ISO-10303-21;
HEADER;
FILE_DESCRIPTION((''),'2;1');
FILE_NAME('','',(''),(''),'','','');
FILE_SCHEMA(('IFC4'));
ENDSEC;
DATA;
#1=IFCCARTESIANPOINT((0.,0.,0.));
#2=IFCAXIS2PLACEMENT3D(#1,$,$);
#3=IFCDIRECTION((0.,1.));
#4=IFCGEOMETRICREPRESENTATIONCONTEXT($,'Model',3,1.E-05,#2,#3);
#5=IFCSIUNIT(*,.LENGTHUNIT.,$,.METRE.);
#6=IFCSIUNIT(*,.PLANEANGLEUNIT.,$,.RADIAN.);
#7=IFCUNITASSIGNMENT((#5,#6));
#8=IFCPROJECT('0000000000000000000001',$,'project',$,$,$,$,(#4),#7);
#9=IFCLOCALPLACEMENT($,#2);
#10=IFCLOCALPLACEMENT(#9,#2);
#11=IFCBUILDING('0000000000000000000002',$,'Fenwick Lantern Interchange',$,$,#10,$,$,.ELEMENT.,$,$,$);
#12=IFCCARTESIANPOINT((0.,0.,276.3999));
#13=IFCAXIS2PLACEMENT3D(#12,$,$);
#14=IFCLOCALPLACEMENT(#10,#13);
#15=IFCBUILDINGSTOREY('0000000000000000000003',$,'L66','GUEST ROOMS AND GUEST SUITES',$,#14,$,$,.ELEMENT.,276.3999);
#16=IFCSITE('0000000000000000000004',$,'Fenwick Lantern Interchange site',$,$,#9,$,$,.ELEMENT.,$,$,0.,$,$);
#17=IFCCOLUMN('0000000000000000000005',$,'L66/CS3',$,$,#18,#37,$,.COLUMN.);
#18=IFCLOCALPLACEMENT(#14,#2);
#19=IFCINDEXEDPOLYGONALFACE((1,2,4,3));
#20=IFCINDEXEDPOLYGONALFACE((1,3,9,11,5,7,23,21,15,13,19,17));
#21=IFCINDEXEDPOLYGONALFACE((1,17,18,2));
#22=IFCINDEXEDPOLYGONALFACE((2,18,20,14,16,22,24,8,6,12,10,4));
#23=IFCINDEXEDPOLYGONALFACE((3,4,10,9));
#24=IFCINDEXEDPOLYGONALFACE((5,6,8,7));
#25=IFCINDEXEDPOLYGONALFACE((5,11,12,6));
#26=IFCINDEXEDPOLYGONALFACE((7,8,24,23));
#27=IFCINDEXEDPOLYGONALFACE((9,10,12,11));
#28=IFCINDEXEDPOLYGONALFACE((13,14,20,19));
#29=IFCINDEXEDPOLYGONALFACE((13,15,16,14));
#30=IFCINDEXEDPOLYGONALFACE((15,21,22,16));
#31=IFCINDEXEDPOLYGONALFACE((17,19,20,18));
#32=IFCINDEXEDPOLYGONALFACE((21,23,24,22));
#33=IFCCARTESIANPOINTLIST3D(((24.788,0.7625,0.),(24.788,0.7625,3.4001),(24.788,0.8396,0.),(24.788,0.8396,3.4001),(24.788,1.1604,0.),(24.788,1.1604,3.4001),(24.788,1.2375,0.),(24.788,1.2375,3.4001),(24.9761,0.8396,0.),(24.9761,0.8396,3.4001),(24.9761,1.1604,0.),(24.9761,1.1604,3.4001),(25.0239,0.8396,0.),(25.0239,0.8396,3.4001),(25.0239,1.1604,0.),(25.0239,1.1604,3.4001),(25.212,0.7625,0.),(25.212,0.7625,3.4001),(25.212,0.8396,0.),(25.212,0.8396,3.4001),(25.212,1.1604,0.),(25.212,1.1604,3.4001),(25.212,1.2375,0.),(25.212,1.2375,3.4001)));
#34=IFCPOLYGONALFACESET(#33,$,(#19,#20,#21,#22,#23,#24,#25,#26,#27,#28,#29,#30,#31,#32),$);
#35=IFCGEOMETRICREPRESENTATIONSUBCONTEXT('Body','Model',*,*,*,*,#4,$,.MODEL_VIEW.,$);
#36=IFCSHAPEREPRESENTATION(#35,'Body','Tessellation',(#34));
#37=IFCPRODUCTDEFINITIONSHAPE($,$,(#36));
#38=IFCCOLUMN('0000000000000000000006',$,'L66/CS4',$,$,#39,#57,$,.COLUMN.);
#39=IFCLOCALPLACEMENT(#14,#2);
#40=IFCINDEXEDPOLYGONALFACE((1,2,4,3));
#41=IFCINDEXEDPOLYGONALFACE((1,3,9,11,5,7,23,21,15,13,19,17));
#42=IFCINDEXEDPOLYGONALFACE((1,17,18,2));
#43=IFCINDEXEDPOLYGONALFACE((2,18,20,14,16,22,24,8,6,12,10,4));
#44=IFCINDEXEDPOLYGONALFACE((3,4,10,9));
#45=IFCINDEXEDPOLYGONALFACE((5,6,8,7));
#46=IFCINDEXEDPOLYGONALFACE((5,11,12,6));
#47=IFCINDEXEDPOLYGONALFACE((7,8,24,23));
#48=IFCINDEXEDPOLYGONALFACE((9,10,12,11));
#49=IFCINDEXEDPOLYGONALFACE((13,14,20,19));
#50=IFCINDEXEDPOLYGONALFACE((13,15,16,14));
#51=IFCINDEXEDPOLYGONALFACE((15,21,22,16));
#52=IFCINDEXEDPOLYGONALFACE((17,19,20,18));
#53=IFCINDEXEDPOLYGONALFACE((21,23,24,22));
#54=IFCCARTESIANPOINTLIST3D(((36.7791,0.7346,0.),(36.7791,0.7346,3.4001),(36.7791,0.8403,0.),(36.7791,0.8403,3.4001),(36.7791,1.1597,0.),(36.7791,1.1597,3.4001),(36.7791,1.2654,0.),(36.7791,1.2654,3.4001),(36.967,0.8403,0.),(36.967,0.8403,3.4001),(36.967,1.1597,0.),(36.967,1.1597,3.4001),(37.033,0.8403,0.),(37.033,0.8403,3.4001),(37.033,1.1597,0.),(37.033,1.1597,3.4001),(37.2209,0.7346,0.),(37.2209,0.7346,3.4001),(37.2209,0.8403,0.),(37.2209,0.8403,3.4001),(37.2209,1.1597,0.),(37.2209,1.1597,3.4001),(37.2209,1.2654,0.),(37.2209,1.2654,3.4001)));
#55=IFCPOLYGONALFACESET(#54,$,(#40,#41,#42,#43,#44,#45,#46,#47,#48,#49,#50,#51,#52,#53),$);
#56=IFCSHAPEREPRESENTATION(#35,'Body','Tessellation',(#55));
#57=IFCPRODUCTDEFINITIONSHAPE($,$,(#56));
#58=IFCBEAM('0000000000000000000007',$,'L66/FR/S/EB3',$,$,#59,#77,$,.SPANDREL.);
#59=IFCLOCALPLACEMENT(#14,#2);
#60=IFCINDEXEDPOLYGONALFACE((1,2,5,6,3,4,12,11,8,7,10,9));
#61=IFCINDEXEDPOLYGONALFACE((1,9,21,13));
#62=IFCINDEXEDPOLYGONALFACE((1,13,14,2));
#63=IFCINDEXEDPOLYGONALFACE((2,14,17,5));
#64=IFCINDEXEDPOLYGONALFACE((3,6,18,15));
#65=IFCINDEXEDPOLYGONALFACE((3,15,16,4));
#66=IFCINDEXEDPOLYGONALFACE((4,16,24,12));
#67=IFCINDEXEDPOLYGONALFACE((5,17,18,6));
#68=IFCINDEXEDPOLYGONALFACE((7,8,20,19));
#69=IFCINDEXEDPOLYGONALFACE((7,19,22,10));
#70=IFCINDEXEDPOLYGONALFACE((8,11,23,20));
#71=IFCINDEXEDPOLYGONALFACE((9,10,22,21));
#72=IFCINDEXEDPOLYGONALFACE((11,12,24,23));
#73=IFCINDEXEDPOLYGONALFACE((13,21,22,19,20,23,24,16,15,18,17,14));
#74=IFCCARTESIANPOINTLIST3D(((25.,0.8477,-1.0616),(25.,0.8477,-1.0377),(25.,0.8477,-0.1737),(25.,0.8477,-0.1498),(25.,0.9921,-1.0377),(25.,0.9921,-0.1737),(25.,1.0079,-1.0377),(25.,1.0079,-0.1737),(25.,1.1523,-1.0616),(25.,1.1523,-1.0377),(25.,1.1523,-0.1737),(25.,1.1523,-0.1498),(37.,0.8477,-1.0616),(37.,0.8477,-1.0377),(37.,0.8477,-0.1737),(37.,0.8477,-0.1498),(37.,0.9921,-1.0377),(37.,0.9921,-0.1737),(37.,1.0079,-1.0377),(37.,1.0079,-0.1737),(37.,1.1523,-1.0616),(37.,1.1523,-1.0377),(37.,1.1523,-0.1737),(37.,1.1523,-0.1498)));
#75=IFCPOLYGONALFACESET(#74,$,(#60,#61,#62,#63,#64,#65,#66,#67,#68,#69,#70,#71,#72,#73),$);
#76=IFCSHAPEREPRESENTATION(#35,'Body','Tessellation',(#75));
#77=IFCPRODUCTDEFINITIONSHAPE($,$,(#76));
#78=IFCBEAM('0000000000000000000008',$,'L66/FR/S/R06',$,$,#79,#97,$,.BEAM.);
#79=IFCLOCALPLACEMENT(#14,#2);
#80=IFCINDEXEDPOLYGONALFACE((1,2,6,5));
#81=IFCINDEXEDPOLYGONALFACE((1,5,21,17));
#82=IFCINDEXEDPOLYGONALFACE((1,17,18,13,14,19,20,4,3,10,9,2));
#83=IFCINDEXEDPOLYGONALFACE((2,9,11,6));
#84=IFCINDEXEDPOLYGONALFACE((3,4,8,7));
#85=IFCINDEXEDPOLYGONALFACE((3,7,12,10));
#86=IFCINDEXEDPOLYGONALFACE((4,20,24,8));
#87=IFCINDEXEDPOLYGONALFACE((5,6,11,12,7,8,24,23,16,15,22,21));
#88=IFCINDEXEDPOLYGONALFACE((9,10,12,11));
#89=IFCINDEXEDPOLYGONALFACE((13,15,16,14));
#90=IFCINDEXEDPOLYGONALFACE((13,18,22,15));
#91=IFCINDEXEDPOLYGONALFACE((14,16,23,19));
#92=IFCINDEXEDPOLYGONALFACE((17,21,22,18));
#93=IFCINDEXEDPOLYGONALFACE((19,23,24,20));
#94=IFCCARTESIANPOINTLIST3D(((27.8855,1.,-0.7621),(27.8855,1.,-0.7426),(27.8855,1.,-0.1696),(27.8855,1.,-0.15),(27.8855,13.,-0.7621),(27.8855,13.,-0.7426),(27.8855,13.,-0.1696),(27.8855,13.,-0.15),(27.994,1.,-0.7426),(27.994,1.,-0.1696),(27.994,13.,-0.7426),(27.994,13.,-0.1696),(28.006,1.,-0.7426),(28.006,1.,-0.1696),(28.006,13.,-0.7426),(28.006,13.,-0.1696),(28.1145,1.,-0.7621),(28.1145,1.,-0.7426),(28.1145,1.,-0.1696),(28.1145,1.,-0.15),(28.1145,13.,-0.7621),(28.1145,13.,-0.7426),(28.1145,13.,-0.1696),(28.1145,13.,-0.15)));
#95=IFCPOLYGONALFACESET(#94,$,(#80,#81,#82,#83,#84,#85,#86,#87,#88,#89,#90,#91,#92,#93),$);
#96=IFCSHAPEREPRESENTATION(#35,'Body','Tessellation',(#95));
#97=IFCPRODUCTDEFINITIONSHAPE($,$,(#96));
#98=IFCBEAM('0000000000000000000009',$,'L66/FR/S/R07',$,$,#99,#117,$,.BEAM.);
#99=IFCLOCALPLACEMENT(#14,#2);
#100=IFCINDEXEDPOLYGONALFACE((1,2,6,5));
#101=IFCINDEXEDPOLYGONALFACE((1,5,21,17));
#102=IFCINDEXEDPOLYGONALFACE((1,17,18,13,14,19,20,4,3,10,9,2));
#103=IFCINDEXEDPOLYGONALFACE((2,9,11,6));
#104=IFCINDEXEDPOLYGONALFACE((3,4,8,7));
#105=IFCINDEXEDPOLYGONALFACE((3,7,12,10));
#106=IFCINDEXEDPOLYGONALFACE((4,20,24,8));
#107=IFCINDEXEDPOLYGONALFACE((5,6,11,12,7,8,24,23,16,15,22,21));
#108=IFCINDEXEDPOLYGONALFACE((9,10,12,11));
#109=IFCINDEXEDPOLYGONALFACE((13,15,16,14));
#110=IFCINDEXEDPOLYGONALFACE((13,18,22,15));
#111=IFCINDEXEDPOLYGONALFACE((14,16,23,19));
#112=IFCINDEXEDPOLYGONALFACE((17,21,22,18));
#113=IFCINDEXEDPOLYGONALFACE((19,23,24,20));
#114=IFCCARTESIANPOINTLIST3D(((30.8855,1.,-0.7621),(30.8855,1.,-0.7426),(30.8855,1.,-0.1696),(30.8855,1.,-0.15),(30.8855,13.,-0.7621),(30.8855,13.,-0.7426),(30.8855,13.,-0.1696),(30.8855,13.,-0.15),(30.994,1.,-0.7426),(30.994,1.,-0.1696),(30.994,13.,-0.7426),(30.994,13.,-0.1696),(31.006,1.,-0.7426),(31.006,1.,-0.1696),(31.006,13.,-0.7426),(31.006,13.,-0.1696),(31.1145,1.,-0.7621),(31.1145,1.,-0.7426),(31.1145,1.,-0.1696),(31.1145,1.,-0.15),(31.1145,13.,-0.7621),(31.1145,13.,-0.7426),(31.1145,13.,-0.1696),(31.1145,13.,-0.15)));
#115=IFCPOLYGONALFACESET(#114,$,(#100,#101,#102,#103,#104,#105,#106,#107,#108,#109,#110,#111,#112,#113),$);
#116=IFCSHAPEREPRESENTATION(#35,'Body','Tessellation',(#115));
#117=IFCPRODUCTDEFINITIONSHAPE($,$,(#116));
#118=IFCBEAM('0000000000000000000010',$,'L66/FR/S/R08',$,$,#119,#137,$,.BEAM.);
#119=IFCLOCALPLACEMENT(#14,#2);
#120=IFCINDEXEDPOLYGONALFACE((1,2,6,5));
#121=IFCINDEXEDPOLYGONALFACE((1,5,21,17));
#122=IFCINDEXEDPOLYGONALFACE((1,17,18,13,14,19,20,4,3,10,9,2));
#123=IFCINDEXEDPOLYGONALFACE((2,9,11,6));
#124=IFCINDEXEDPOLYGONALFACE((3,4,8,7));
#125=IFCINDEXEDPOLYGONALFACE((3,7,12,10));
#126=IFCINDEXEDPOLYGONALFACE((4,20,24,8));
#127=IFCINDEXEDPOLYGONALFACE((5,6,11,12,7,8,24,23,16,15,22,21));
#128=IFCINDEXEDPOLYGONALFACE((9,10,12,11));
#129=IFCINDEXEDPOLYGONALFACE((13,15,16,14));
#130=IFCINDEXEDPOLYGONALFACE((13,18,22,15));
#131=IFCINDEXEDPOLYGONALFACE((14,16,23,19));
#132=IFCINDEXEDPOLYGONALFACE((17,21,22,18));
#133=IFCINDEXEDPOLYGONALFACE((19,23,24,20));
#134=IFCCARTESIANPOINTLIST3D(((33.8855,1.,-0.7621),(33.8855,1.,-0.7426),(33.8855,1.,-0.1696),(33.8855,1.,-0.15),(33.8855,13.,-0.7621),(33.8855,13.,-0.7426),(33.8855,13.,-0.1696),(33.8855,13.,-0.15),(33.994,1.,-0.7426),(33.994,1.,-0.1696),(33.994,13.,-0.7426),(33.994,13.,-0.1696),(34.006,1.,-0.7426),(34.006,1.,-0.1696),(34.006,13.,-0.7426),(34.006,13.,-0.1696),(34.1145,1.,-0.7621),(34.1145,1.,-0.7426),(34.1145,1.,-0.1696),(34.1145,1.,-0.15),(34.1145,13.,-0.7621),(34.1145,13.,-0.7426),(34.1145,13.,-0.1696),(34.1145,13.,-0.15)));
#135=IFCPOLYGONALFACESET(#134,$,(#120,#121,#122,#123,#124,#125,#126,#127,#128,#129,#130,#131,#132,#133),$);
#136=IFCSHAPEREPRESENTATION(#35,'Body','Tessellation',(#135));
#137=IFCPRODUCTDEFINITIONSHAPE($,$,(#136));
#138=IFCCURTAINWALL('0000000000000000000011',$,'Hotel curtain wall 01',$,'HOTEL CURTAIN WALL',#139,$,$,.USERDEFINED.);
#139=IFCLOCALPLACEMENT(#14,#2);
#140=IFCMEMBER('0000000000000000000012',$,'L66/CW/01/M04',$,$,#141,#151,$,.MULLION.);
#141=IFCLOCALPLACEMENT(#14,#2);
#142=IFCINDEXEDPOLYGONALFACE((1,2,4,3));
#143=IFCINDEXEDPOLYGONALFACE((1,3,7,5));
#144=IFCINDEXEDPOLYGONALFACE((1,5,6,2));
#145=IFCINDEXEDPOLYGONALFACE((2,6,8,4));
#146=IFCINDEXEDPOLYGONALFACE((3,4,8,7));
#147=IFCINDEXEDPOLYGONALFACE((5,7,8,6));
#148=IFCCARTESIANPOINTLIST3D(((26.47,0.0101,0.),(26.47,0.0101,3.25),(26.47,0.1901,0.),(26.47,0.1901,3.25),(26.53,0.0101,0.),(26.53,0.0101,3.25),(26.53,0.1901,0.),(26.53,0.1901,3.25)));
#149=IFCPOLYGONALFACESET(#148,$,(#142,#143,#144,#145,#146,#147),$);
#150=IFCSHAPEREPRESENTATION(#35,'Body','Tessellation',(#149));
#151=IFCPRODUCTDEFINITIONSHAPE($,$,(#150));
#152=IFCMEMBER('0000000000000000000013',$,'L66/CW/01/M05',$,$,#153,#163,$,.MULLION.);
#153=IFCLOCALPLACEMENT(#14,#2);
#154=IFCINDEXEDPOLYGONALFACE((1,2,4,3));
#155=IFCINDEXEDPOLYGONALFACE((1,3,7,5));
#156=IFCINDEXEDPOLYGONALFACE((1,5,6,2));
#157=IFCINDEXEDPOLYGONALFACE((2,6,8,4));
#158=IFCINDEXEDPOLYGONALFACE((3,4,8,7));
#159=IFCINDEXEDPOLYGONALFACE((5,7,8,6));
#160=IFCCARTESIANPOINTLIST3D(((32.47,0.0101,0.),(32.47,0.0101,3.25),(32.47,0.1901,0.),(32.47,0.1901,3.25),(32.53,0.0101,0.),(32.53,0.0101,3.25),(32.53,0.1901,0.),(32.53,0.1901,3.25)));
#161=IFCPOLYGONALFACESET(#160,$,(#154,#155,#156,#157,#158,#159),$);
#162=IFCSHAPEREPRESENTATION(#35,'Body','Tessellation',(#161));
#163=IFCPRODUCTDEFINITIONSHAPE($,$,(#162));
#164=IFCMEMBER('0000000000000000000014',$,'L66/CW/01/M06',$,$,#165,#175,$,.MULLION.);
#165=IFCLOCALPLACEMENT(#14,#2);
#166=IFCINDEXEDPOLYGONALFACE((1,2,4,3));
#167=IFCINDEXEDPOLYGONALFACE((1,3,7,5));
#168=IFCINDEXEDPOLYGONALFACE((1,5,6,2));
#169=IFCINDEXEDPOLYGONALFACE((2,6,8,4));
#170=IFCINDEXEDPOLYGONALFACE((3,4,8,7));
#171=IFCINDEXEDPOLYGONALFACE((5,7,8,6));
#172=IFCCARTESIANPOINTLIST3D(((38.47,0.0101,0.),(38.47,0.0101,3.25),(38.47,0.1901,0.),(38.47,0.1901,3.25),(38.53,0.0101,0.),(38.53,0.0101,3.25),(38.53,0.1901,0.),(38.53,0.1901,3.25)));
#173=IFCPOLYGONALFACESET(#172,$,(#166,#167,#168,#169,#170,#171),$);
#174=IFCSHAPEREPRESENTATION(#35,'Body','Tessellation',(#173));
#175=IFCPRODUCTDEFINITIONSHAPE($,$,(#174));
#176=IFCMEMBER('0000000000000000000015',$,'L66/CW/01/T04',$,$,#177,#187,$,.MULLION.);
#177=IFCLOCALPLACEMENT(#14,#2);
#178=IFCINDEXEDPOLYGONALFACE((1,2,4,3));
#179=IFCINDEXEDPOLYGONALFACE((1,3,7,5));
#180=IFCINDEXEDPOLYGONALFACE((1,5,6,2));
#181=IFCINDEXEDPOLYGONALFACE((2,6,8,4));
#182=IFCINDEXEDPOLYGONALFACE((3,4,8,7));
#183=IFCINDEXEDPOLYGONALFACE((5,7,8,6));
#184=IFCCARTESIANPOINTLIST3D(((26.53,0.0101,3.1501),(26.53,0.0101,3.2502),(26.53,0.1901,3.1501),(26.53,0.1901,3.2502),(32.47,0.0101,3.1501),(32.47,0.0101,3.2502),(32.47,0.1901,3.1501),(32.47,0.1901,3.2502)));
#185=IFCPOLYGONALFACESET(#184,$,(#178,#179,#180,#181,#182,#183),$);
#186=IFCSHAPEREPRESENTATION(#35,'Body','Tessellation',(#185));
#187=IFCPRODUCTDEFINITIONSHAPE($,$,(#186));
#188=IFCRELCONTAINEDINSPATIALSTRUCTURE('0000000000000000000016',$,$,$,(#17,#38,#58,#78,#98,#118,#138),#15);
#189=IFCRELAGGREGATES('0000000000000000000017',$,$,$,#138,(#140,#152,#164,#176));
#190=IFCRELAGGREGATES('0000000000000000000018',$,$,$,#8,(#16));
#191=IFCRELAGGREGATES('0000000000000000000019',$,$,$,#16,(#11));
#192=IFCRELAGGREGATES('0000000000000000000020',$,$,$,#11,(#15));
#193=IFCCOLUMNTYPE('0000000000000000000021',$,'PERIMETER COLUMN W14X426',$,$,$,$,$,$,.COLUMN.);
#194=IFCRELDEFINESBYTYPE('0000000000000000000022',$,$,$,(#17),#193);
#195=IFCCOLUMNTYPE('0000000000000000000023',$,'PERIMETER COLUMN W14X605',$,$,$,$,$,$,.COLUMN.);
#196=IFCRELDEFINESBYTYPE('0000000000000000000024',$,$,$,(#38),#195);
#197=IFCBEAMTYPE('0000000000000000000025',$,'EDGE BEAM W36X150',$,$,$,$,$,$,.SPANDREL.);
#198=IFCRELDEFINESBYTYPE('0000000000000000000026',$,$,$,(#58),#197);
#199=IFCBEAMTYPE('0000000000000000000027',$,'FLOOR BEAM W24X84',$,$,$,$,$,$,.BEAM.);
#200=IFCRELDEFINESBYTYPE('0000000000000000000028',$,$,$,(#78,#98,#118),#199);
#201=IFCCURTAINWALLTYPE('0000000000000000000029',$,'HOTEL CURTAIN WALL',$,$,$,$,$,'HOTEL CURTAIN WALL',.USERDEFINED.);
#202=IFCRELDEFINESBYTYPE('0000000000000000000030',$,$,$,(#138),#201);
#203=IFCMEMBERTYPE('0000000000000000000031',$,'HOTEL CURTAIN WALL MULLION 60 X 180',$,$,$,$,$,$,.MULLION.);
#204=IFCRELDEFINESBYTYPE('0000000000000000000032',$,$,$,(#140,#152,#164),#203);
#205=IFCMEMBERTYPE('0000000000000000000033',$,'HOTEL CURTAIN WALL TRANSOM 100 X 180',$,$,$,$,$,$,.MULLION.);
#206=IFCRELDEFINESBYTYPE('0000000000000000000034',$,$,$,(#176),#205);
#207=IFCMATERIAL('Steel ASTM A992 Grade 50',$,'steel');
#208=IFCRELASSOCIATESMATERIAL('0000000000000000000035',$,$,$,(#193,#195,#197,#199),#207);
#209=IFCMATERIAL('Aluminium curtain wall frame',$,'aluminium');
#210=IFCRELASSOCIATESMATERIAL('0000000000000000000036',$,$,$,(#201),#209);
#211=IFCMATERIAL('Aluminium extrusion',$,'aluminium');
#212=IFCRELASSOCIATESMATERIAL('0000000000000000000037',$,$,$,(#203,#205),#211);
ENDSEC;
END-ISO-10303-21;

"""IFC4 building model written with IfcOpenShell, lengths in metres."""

from ifc_helpers import new_model, si_unit, direction, frame, origin, origin_2d, place, context, subcontext, project, spatial, rectangle, i_section, extrude, material, material_profile, profile_set, type_object, element, aggregate, save


model = new_model("IFC4")

# Units and contexts
model_context = context("Model", 3, precision=1e-05, world=origin(), true_north=direction((0.0, 1.0)))
body_context = subcontext(model_context, "Body", "Model", "MODEL_VIEW")
ifc_project = project(units=[si_unit("LENGTHUNIT", "METRE"), si_unit("PLANEANGLEUNIT", "RADIAN")], contexts=[model_context])

# Site, building, storey
site_placement = place(None, origin())
site = spatial("IfcSite", under=ifc_project, at=site_placement, Name="Fenwick Lantern Interchange site", CompositionType="ELEMENT", RefElevation=0.0)
building_placement = place(site_placement, origin())
building = spatial("IfcBuilding", under=site, at=building_placement, Name="Fenwick Lantern Interchange", CompositionType="ELEMENT")
storey_placement = place(building_placement, frame((0.0, 0.0, 276.3999)))
storey = spatial("IfcBuildingStorey", under=building, at=storey_placement, Name="L66", Description="GUEST ROOMS AND GUEST SUITES", CompositionType="ELEMENT", Elevation=276.3999)

# Columns
ifc_material_1 = material(Name="Steel ASTM A992 Grade 50", Category="steel")
ifc_material_profile_1 = material_profile(ifc_material_1, i_section(OverallWidth=0.4241, OverallDepth=0.4751, WebThickness=0.0479, FlangeThickness=0.0771, at=origin_2d()), Name="W14X426")
ifc_profile_set_1 = profile_set([ifc_material_profile_1], Name="Steel ASTM A992 Grade 50")
column_type_1 = type_object("IfcColumnType", Name="PERIMETER COLUMN W14X426", PredefinedType="COLUMN", material=ifc_profile_set_1)
column_1_placement = place(storey_placement, frame((25.0, 1.0, 0.0), z_axis=(0.0, 0.0, 1.0), x_axis=(1.0, 0.0, 0.0)))
element("IfcColumn", 1, at=column_1_placement, inside=storey, type_object=column_type_1, Name="L66/CS3", PredefinedType="COLUMN", context=body_context, shape_type="SweptSolid", body=[
    extrude(i_section(OverallWidth=0.4241, OverallDepth=0.4751, WebThickness=0.0479, FlangeThickness=0.0771, at=origin_2d()), origin(), (0.0, 0.0, 1.0), 3.4001),
])
ifc_material_profile_2 = material_profile(ifc_material_1, i_section(OverallWidth=0.4419, OverallDepth=0.5308, WebThickness=0.0659, FlangeThickness=0.1057, at=origin_2d()), Name="W14X605")
ifc_profile_set_2 = profile_set([ifc_material_profile_2], Name="Steel ASTM A992 Grade 50")
column_type_2 = type_object("IfcColumnType", Name="PERIMETER COLUMN W14X605", PredefinedType="COLUMN", material=ifc_profile_set_2)
column_2_placement = place(storey_placement, frame((37.0, 1.0, 0.0), z_axis=(0.0, 0.0, 1.0), x_axis=(1.0, 0.0, 0.0)))
element("IfcColumn", 2, at=column_2_placement, inside=storey, type_object=column_type_2, Name="L66/CS4", PredefinedType="COLUMN", context=body_context, shape_type="SweptSolid", body=[
    extrude(i_section(OverallWidth=0.4419, OverallDepth=0.5308, WebThickness=0.0659, FlangeThickness=0.1057, at=origin_2d()), origin(), (0.0, 0.0, 1.0), 3.4001),
])

# Beams
ifc_material_profile_3 = material_profile(ifc_material_1, i_section(OverallWidth=0.3047, OverallDepth=0.9119, WebThickness=0.0159, FlangeThickness=0.0239, at=origin_2d()), Name="W36X150")
ifc_profile_set_3 = profile_set([ifc_material_profile_3], Name="Steel ASTM A992 Grade 50")
beam_type_1 = type_object("IfcBeamType", Name="EDGE BEAM W36X150", PredefinedType="SPANDREL", material=ifc_profile_set_3)
beam_1_placement = place(storey_placement, frame((25.0, 1.0, -0.6057), z_axis=(1.0, 0.0, 0.0), x_axis=(0.0, 1.0, 0.0)))
element("IfcBeam", 3, at=beam_1_placement, inside=storey, type_object=beam_type_1, Name="L66/FR/S/EB3", PredefinedType="SPANDREL", context=body_context, shape_type="SweptSolid", body=[
    extrude(i_section(OverallWidth=0.3047, OverallDepth=0.9119, WebThickness=0.0159, FlangeThickness=0.0239, at=origin_2d()), origin(), (0.0, 0.0, 1.0), 12.0),
])
ifc_material_profile_4 = material_profile(ifc_material_1, i_section(OverallWidth=0.229, OverallDepth=0.6121, WebThickness=0.012, FlangeThickness=0.0195, at=origin_2d()), Name="W24X84")
ifc_profile_set_4 = profile_set([ifc_material_profile_4], Name="Steel ASTM A992 Grade 50")
beam_type_2 = type_object("IfcBeamType", Name="FLOOR BEAM W24X84", PredefinedType="BEAM", material=ifc_profile_set_4)
for number, where, z_axis, x_axis, name in (
    (4, (28.0, 1.0, -0.4561), (0.0, 1.0, 0.0), (-1.0, 0.0, 0.0), "L66/FR/S/R06"),
    (5, (31.0, 1.0, -0.4561), (0.0, 1.0, 0.0), (-1.0, 0.0, 0.0), "L66/FR/S/R07"),
    (6, (34.0, 1.0, -0.4561), (0.0, 1.0, 0.0), (-1.0, 0.0, 0.0), "L66/FR/S/R08"),
):
    element("IfcBeam", number, at=place(storey_placement, frame(where, z_axis=z_axis, x_axis=x_axis)), inside=storey, type_object=beam_type_2, Name=name, PredefinedType="BEAM", context=body_context, shape_type="SweptSolid", body=[
        extrude(i_section(OverallWidth=0.229, OverallDepth=0.6121, WebThickness=0.012, FlangeThickness=0.0195, at=origin_2d()), origin(), (0.0, 0.0, 1.0), 12.0),
    ])

# Curtain wall, members
ifc_material_2 = material(Name="Aluminium curtain wall frame", Category="aluminium")
curtain_wall_type = type_object("IfcCurtainWallType", Name="HOTEL CURTAIN WALL", ElementType="HOTEL CURTAIN WALL", PredefinedType="USERDEFINED", material=ifc_material_2)
curtain_wall_placement = place(storey_placement, origin())
curtain_wall = element("IfcCurtainWall", 7, at=curtain_wall_placement, inside=storey, type_object=curtain_wall_type, Name="Hotel curtain wall 01", ObjectType="HOTEL CURTAIN WALL", PredefinedType="USERDEFINED")
ifc_material_3 = material(Name="Aluminium extrusion", Category="aluminium")
ifc_material_profile_5 = material_profile(ifc_material_3, rectangle(XDim=0.1799, YDim=0.0601, at=origin_2d()), Name="HOTEL CURTAIN WALL MULLION 60 X 180")
ifc_profile_set_5 = profile_set([ifc_material_profile_5], Name="Aluminium extrusion")
member_type_1 = type_object("IfcMemberType", Name="HOTEL CURTAIN WALL MULLION 60 X 180", PredefinedType="MULLION", material=ifc_profile_set_5)
member_1_placement = place(storey_placement, frame((26.5, 0.1001, 0.0), z_axis=(0.0, 0.0, 1.0), x_axis=(0.0, 1.0, 0.0)))
member_1 = element("IfcMember", 8, at=member_1_placement, type_object=member_type_1, Name="L66/CW/01/M04", PredefinedType="MULLION", context=body_context, shape_type="SweptSolid", body=[
    extrude(rectangle(XDim=0.1799, YDim=0.0601, at=origin_2d()), origin(), (0.0, 0.0, 1.0), 3.25),
])
member_2_placement = place(storey_placement, frame((32.5, 0.1001, 0.0), z_axis=(0.0, 0.0, 1.0), x_axis=(0.0, 1.0, 0.0)))
member_2 = element("IfcMember", 9, at=member_2_placement, type_object=member_type_1, Name="L66/CW/01/M05", PredefinedType="MULLION", context=body_context, shape_type="SweptSolid", body=[
    extrude(rectangle(XDim=0.1799, YDim=0.0601, at=origin_2d()), origin(), (0.0, 0.0, 1.0), 3.25),
])
member_3_placement = place(storey_placement, frame((38.5, 0.1001, 0.0), z_axis=(0.0, 0.0, 1.0), x_axis=(0.0, 1.0, 0.0)))
member_3 = element("IfcMember", 10, at=member_3_placement, type_object=member_type_1, Name="L66/CW/01/M06", PredefinedType="MULLION", context=body_context, shape_type="SweptSolid", body=[
    extrude(rectangle(XDim=0.1799, YDim=0.0601, at=origin_2d()), origin(), (0.0, 0.0, 1.0), 3.25),
])
ifc_material_profile_6 = material_profile(ifc_material_3, rectangle(XDim=0.1799, YDim=0.1001, at=origin_2d()), Name="HOTEL CURTAIN WALL TRANSOM 100 X 180")
ifc_profile_set_6 = profile_set([ifc_material_profile_6], Name="Aluminium extrusion")
member_type_2 = type_object("IfcMemberType", Name="HOTEL CURTAIN WALL TRANSOM 100 X 180", PredefinedType="MULLION", material=ifc_profile_set_6)
member_4_placement = place(storey_placement, frame((26.53, 0.1001, 3.2002), z_axis=(1.0, 0.0, 0.0), x_axis=(0.0, 1.0, 0.0)))
member_4 = element("IfcMember", 11, at=member_4_placement, type_object=member_type_2, Name="L66/CW/01/T04", PredefinedType="MULLION", context=body_context, shape_type="SweptSolid", body=[
    extrude(rectangle(XDim=0.1799, YDim=0.1001, at=origin_2d()), origin(), (0.0, 0.0, 1.0), 5.9399),
])
aggregate(curtain_wall, [member_1, member_2, member_3, member_4])

save(model, "model.ifc")
